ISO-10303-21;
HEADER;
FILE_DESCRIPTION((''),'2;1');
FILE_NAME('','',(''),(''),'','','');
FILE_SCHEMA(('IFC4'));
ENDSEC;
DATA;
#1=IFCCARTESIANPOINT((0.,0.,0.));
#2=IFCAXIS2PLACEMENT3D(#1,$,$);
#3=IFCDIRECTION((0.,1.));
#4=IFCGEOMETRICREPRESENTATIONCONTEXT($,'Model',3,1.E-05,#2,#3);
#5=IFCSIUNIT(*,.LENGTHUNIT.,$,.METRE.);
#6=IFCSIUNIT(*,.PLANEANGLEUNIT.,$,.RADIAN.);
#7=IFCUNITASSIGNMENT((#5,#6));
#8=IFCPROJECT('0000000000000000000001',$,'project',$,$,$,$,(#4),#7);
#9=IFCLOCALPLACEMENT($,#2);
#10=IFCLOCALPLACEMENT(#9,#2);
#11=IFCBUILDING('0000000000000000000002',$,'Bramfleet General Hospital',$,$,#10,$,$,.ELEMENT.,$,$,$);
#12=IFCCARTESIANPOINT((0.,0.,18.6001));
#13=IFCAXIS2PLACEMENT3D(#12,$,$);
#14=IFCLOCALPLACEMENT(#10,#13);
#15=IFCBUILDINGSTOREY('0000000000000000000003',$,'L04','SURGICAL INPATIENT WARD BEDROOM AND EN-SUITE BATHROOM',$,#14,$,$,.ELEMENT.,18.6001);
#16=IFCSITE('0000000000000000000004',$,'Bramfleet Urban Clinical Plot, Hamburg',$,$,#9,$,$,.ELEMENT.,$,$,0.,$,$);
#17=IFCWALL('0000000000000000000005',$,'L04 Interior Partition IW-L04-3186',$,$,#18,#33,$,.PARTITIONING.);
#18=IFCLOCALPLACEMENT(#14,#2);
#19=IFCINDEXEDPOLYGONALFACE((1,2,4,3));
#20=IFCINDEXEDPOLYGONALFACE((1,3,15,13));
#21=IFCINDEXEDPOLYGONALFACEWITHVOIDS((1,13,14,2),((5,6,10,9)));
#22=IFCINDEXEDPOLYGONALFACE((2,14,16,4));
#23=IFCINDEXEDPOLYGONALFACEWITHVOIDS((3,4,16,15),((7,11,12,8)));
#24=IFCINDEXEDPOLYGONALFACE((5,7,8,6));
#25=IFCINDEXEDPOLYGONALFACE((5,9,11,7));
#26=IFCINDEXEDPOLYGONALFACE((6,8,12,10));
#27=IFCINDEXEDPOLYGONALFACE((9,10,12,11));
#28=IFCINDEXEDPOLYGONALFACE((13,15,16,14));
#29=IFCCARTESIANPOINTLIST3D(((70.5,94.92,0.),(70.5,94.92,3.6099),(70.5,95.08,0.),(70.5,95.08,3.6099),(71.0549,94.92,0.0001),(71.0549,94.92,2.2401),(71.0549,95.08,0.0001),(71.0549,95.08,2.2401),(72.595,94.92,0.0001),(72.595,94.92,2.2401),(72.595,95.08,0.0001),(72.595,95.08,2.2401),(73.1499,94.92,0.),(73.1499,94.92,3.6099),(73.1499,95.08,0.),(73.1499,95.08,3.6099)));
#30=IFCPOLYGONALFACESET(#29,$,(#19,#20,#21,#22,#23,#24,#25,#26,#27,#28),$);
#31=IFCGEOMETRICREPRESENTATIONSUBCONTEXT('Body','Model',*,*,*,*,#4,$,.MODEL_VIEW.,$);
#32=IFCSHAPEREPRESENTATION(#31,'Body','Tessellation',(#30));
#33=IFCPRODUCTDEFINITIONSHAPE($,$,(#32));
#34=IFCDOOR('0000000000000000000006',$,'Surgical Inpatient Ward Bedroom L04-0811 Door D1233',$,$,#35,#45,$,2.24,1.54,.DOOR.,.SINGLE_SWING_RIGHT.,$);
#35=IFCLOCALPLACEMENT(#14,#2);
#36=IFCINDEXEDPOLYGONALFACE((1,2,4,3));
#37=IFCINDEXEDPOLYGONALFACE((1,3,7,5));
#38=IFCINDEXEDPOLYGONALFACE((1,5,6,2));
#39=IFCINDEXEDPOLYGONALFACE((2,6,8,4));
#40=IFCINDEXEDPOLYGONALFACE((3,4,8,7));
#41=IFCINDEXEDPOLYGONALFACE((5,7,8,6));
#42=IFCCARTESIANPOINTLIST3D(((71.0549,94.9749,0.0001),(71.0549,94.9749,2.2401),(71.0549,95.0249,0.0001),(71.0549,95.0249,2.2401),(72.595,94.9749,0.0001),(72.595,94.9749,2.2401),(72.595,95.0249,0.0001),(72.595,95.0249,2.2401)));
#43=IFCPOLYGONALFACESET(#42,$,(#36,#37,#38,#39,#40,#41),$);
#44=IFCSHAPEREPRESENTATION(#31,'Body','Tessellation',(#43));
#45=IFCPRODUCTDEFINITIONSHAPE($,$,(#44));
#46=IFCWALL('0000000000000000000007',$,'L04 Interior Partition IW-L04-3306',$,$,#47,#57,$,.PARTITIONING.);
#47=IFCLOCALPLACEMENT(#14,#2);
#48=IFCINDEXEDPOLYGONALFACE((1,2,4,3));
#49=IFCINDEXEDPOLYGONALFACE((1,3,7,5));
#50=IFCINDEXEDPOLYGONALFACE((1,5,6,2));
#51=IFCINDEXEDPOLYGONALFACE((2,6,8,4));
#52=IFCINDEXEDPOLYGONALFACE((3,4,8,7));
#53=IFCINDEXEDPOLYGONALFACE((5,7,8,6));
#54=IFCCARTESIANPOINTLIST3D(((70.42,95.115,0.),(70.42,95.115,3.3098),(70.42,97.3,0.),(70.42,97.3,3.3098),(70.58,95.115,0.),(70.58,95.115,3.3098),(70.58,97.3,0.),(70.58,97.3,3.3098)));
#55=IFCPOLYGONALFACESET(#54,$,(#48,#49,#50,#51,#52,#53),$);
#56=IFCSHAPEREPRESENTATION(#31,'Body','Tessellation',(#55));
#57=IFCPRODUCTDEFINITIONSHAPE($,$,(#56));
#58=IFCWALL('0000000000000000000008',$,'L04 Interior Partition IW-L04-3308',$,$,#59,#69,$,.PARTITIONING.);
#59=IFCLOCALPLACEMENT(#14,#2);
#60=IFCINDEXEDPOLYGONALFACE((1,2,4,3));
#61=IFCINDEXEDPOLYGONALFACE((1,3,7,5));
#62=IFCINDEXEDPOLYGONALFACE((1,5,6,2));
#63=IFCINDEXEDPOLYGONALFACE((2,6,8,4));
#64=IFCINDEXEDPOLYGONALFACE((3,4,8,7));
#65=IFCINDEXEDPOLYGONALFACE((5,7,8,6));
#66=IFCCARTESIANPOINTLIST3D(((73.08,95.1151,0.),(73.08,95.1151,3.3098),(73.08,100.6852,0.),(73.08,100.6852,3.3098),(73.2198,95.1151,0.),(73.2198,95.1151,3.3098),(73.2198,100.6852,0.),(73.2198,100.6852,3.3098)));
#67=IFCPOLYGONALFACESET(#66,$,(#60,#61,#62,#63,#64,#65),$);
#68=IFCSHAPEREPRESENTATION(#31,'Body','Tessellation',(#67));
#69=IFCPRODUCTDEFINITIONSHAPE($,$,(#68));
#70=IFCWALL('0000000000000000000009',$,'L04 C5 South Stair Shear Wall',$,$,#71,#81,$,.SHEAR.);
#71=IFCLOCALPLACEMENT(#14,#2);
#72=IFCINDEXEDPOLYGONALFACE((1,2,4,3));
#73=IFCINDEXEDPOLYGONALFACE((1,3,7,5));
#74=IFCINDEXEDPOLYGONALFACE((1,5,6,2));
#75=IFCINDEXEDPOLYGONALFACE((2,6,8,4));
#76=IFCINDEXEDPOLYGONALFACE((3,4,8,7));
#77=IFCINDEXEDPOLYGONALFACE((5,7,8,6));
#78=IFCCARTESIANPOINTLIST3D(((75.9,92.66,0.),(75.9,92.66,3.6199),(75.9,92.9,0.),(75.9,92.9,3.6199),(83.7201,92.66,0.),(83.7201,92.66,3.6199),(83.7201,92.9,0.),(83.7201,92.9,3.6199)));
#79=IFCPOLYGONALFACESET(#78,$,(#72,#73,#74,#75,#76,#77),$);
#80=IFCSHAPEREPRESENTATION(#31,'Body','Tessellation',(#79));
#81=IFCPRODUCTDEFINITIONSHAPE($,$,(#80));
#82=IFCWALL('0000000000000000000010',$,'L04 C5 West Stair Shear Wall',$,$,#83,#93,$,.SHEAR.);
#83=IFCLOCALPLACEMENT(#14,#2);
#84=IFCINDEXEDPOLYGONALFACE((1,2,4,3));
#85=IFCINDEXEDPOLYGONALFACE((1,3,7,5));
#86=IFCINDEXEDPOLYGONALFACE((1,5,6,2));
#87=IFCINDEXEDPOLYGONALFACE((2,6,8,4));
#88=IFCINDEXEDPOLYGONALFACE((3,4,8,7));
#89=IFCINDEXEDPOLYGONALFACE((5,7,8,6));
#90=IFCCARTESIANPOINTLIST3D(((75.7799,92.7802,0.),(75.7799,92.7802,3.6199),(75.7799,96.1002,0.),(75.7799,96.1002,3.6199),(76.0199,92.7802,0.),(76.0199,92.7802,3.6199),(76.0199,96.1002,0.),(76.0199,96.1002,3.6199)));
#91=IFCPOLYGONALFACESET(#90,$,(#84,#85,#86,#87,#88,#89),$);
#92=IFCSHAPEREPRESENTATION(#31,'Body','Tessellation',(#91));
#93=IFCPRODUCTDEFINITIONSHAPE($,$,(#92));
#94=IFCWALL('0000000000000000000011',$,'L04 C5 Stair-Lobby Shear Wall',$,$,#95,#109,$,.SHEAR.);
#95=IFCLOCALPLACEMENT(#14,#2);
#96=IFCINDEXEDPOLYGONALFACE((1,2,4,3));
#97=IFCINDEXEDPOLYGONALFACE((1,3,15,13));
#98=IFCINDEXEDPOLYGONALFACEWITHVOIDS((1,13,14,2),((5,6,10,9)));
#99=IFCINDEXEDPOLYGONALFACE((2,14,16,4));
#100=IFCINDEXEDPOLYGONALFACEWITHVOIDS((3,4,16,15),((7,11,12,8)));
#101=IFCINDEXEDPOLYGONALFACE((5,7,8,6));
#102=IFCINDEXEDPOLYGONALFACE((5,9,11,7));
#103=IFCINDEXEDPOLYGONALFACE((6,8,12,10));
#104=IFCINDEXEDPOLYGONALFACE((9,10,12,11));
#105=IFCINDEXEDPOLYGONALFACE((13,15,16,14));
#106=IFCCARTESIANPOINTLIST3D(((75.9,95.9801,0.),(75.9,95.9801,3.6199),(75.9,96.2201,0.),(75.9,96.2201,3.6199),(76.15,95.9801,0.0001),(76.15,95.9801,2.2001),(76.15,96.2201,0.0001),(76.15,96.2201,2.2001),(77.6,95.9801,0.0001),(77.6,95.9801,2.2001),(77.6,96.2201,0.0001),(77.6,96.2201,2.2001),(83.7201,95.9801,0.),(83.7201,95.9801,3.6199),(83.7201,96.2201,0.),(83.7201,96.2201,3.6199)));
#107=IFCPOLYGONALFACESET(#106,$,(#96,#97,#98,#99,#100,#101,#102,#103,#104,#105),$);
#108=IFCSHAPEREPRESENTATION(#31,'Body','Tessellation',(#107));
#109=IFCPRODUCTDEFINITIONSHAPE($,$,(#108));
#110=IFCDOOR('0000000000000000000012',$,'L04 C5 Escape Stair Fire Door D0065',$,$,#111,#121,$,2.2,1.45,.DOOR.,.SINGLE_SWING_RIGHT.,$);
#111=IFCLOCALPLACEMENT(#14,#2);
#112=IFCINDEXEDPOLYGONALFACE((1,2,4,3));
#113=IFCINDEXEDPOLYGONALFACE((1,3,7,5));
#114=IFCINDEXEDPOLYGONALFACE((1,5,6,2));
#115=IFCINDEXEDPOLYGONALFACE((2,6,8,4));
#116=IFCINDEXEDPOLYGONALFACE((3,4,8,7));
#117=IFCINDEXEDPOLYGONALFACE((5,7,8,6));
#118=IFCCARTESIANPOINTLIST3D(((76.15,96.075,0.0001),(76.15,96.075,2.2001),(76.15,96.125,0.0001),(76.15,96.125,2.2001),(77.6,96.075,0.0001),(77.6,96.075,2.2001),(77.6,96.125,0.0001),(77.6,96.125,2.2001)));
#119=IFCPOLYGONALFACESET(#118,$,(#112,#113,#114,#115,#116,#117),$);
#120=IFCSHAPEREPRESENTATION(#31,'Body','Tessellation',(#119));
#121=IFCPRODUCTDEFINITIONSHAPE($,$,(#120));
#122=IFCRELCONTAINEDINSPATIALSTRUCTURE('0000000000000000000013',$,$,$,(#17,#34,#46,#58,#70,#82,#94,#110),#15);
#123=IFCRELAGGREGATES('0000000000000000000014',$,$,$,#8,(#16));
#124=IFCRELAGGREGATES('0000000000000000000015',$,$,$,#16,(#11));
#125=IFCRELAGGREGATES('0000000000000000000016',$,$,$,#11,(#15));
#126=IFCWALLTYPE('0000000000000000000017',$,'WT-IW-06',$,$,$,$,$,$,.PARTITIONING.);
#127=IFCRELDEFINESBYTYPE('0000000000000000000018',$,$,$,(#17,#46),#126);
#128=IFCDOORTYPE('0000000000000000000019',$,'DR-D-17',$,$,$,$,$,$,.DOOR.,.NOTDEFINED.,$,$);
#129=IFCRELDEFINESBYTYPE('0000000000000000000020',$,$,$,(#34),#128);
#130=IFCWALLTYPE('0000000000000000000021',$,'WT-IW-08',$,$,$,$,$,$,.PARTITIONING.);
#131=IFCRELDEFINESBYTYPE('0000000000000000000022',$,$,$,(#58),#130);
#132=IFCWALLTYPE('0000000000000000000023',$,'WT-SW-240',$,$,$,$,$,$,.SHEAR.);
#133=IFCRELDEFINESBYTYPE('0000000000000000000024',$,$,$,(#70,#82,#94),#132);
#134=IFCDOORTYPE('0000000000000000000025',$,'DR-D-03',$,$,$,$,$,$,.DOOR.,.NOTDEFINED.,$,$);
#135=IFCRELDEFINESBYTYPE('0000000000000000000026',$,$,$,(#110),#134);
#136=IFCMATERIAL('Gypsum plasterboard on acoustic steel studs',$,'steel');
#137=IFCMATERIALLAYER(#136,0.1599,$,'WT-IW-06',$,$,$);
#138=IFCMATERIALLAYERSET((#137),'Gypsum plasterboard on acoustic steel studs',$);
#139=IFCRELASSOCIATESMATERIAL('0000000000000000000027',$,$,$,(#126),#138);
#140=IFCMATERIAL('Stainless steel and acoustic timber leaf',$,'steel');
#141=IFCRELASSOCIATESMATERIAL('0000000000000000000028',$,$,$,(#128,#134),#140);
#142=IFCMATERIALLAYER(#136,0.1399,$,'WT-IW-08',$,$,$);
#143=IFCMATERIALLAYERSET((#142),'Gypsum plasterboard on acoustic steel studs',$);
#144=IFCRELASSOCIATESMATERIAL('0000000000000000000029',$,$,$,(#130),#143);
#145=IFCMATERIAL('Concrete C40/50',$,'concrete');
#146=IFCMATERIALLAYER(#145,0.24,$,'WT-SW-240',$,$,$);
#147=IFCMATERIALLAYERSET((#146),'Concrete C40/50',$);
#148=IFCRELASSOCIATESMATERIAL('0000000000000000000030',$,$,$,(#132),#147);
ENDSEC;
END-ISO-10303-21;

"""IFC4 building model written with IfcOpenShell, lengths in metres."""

from ifc_helpers import new_model, si_unit, direction, frame, frame_2d, origin, place, context, subcontext, project, spatial, rectangle, extrude, material, layer, layer_set, type_object, element, fill, save


model = new_model("IFC4")

# Units and contexts
model_context = context("Model", 3, precision=1e-05, world=origin(), true_north=direction((0.0, 1.0)))
body_context = subcontext(model_context, "Body", "Model", "MODEL_VIEW")
ifc_project = project(units=[si_unit("LENGTHUNIT", "METRE"), si_unit("PLANEANGLEUNIT", "RADIAN")], contexts=[model_context])

# Site, building, storey
site_placement = place(None, origin())
site = spatial("IfcSite", under=ifc_project, at=site_placement, Name="Bramfleet Urban Clinical Plot, Hamburg", CompositionType="ELEMENT", RefElevation=0.0)
building_placement = place(site_placement, origin())
building = spatial("IfcBuilding", under=site, at=building_placement, Name="Bramfleet General Hospital", CompositionType="ELEMENT")
storey_placement = place(building_placement, frame((0.0, 0.0, 18.6001)))
storey = spatial("IfcBuildingStorey", under=building, at=storey_placement, Name="L04", Description="SURGICAL INPATIENT WARD BEDROOM AND EN-SUITE BATHROOM", CompositionType="ELEMENT", Elevation=18.6001)

# Shared definitions
ifc_material_1 = material(Name="Concrete C40/50", Category="concrete")

# Shared definitions
ifc_material_2 = material(Name="Stainless steel and acoustic timber leaf", Category="steel")

# Wall, opening, door
ifc_material_3 = material(Name="Gypsum plasterboard on acoustic steel studs", Category="steel")
ifc_layer_1 = layer(ifc_material_3, 0.1599, Name="WT-IW-06")
ifc_layer_set_1 = layer_set([ifc_layer_1], Name="Gypsum plasterboard on acoustic steel studs")
wall_type_1 = type_object("IfcWallType", Name="WT-IW-06", PredefinedType="PARTITIONING", material=ifc_layer_set_1)
wall_1_placement = place(storey_placement, frame((70.5, 95.0, 0.0), z_axis=(0.0, 0.0, 1.0), x_axis=(1.0, 0.0, 0.0)))
wall_1 = element("IfcWall", 1, at=wall_1_placement, inside=storey, type_object=wall_type_1, Name="L04 Interior Partition IW-L04-3186", PredefinedType="PARTITIONING", context=body_context, shape_type="SweptSolid", body=[
    extrude(rectangle(XDim=2.6499, YDim=0.1599, at=frame_2d((1.325, 0.0))), origin(), (0.0, 0.0, 1.0), 3.6099),
])
opening_1_placement = place(wall_1_placement, frame((0.5549, 0.0, 0.0)))
opening_1 = element("IfcOpeningElement", 2, at=opening_1_placement, cuts=wall_1, PredefinedType="OPENING", context=body_context, shape_type="SweptSolid", body=[
    extrude(rectangle(XDim=1.54, YDim=2.24, at=frame_2d((0.77, 1.1201))), frame((0.0, 0.0898, 0.0), z_axis=(0.0, -1.0, 0.0), x_axis=(1.0, 0.0, 0.0)), (0.0, 0.0, 1.0), 0.1799),
])
door_type_1 = type_object("IfcDoorType", Name="DR-D-17", OperationType="NOTDEFINED", PredefinedType="DOOR", material=ifc_material_2)
door_1_placement = place(opening_1_placement, origin())
door_1 = element("IfcDoor", 3, at=door_1_placement, inside=storey, type_object=door_type_1, Name="Surgical Inpatient Ward Bedroom L04-0811 Door D1233", OperationType="SINGLE_SWING_RIGHT", OverallHeight=2.24, OverallWidth=1.54, PredefinedType="DOOR", context=body_context, shape_type="SweptSolid", body=[
    extrude(rectangle(XDim=1.54, YDim=2.24, at=frame_2d((0.77, 1.1201))), frame((0.0, 0.0249, 0.0), z_axis=(0.0, -1.0, 0.0), x_axis=(1.0, 0.0, 0.0)), (0.0, 0.0, 1.0), 0.05),
])
fill(opening_1, door_1)

# Walls
wall_2_placement = place(storey_placement, frame((70.5, 95.115, 0.0), z_axis=(0.0, 0.0, 1.0), x_axis=(0.0, 1.0, 0.0)))
element("IfcWall", 4, at=wall_2_placement, inside=storey, type_object=wall_type_1, Name="L04 Interior Partition IW-L04-3306", PredefinedType="PARTITIONING", context=body_context, shape_type="SweptSolid", body=[
    extrude(rectangle(XDim=2.1851, YDim=0.1599, at=frame_2d((1.0925, 0.0))), origin(), (0.0, 0.0, 1.0), 3.3098),
])
ifc_layer_2 = layer(ifc_material_3, 0.1399, Name="WT-IW-08")
ifc_layer_set_2 = layer_set([ifc_layer_2], Name="Gypsum plasterboard on acoustic steel studs")
wall_type_2 = type_object("IfcWallType", Name="WT-IW-08", PredefinedType="PARTITIONING", material=ifc_layer_set_2)
wall_3_placement = place(storey_placement, frame((73.1499, 95.115, 0.0), z_axis=(0.0, 0.0, 1.0), x_axis=(0.0, 1.0, 0.0)))
element("IfcWall", 5, at=wall_3_placement, inside=storey, type_object=wall_type_2, Name="L04 Interior Partition IW-L04-3308", PredefinedType="PARTITIONING", context=body_context, shape_type="SweptSolid", body=[
    extrude(rectangle(XDim=5.5701, YDim=0.1399, at=frame_2d((2.7852, 0.0))), origin(), (0.0, 0.0, 1.0), 3.3098),
])
ifc_layer_3 = layer(ifc_material_1, 0.24, Name="WT-SW-240")
ifc_layer_set_3 = layer_set([ifc_layer_3], Name="Concrete C40/50")
wall_type_3 = type_object("IfcWallType", Name="WT-SW-240", PredefinedType="SHEAR", material=ifc_layer_set_3)
wall_4_placement = place(storey_placement, frame((75.8999, 92.78, 0.0), z_axis=(0.0, 0.0, 1.0), x_axis=(1.0, 0.0, 0.0)))
element("IfcWall", 6, at=wall_4_placement, inside=storey, type_object=wall_type_3, Name="L04 C5 South Stair Shear Wall", PredefinedType="SHEAR", context=body_context, shape_type="SweptSolid", body=[
    extrude(rectangle(XDim=7.8201, YDim=0.24, at=frame_2d((3.9102, 0.0))), origin(), (0.0, 0.0, 1.0), 3.6199),
])
wall_5_placement = place(storey_placement, frame((75.8999, 92.78, 0.0), z_axis=(0.0, 0.0, 1.0), x_axis=(0.0, 1.0, 0.0)))
element("IfcWall", 7, at=wall_5_placement, inside=storey, type_object=wall_type_3, Name="L04 C5 West Stair Shear Wall", PredefinedType="SHEAR", context=body_context, shape_type="SweptSolid", body=[
    extrude(rectangle(XDim=3.3201, YDim=0.24, at=frame_2d((1.6602, 0.0))), origin(), (0.0, 0.0, 1.0), 3.6199),
])

# Wall, opening, door
wall_6_placement = place(storey_placement, frame((75.8999, 96.1001, 0.0), z_axis=(0.0, 0.0, 1.0), x_axis=(1.0, 0.0, 0.0)))
wall_6 = element("IfcWall", 8, at=wall_6_placement, inside=storey, type_object=wall_type_3, Name="L04 C5 Stair-Lobby Shear Wall", PredefinedType="SHEAR", context=body_context, shape_type="SweptSolid", body=[
    extrude(rectangle(XDim=7.8201, YDim=0.24, at=frame_2d((3.9102, 0.0))), origin(), (0.0, 0.0, 1.0), 3.6199),
])
opening_2_placement = place(wall_6_placement, frame((0.25, 0.0, 0.0)))
opening_2 = element("IfcOpeningElement", 9, at=opening_2_placement, cuts=wall_6, PredefinedType="OPENING", context=body_context, shape_type="SweptSolid", body=[
    extrude(rectangle(XDim=1.45, YDim=2.2, at=frame_2d((0.7251, 1.1001))), frame((0.0, 0.1299, 0.0), z_axis=(0.0, -1.0, 0.0), x_axis=(1.0, 0.0, 0.0)), (0.0, 0.0, 1.0), 0.26),
])
door_type_2 = type_object("IfcDoorType", Name="DR-D-03", OperationType="NOTDEFINED", PredefinedType="DOOR", material=ifc_material_2)
door_2_placement = place(opening_2_placement, origin())
door_2 = element("IfcDoor", 10, at=door_2_placement, inside=storey, type_object=door_type_2, Name="L04 C5 Escape Stair Fire Door D0065", OperationType="SINGLE_SWING_RIGHT", OverallHeight=2.2, OverallWidth=1.45, PredefinedType="DOOR", context=body_context, shape_type="SweptSolid", body=[
    extrude(rectangle(XDim=1.45, YDim=2.2, at=frame_2d((0.7251, 1.1001))), frame((0.0, 0.0249, 0.0), z_axis=(0.0, -1.0, 0.0), x_axis=(1.0, 0.0, 0.0)), (0.0, 0.0, 1.0), 0.05),
])
fill(opening_2, door_2)

save(model, "model.ifc")
